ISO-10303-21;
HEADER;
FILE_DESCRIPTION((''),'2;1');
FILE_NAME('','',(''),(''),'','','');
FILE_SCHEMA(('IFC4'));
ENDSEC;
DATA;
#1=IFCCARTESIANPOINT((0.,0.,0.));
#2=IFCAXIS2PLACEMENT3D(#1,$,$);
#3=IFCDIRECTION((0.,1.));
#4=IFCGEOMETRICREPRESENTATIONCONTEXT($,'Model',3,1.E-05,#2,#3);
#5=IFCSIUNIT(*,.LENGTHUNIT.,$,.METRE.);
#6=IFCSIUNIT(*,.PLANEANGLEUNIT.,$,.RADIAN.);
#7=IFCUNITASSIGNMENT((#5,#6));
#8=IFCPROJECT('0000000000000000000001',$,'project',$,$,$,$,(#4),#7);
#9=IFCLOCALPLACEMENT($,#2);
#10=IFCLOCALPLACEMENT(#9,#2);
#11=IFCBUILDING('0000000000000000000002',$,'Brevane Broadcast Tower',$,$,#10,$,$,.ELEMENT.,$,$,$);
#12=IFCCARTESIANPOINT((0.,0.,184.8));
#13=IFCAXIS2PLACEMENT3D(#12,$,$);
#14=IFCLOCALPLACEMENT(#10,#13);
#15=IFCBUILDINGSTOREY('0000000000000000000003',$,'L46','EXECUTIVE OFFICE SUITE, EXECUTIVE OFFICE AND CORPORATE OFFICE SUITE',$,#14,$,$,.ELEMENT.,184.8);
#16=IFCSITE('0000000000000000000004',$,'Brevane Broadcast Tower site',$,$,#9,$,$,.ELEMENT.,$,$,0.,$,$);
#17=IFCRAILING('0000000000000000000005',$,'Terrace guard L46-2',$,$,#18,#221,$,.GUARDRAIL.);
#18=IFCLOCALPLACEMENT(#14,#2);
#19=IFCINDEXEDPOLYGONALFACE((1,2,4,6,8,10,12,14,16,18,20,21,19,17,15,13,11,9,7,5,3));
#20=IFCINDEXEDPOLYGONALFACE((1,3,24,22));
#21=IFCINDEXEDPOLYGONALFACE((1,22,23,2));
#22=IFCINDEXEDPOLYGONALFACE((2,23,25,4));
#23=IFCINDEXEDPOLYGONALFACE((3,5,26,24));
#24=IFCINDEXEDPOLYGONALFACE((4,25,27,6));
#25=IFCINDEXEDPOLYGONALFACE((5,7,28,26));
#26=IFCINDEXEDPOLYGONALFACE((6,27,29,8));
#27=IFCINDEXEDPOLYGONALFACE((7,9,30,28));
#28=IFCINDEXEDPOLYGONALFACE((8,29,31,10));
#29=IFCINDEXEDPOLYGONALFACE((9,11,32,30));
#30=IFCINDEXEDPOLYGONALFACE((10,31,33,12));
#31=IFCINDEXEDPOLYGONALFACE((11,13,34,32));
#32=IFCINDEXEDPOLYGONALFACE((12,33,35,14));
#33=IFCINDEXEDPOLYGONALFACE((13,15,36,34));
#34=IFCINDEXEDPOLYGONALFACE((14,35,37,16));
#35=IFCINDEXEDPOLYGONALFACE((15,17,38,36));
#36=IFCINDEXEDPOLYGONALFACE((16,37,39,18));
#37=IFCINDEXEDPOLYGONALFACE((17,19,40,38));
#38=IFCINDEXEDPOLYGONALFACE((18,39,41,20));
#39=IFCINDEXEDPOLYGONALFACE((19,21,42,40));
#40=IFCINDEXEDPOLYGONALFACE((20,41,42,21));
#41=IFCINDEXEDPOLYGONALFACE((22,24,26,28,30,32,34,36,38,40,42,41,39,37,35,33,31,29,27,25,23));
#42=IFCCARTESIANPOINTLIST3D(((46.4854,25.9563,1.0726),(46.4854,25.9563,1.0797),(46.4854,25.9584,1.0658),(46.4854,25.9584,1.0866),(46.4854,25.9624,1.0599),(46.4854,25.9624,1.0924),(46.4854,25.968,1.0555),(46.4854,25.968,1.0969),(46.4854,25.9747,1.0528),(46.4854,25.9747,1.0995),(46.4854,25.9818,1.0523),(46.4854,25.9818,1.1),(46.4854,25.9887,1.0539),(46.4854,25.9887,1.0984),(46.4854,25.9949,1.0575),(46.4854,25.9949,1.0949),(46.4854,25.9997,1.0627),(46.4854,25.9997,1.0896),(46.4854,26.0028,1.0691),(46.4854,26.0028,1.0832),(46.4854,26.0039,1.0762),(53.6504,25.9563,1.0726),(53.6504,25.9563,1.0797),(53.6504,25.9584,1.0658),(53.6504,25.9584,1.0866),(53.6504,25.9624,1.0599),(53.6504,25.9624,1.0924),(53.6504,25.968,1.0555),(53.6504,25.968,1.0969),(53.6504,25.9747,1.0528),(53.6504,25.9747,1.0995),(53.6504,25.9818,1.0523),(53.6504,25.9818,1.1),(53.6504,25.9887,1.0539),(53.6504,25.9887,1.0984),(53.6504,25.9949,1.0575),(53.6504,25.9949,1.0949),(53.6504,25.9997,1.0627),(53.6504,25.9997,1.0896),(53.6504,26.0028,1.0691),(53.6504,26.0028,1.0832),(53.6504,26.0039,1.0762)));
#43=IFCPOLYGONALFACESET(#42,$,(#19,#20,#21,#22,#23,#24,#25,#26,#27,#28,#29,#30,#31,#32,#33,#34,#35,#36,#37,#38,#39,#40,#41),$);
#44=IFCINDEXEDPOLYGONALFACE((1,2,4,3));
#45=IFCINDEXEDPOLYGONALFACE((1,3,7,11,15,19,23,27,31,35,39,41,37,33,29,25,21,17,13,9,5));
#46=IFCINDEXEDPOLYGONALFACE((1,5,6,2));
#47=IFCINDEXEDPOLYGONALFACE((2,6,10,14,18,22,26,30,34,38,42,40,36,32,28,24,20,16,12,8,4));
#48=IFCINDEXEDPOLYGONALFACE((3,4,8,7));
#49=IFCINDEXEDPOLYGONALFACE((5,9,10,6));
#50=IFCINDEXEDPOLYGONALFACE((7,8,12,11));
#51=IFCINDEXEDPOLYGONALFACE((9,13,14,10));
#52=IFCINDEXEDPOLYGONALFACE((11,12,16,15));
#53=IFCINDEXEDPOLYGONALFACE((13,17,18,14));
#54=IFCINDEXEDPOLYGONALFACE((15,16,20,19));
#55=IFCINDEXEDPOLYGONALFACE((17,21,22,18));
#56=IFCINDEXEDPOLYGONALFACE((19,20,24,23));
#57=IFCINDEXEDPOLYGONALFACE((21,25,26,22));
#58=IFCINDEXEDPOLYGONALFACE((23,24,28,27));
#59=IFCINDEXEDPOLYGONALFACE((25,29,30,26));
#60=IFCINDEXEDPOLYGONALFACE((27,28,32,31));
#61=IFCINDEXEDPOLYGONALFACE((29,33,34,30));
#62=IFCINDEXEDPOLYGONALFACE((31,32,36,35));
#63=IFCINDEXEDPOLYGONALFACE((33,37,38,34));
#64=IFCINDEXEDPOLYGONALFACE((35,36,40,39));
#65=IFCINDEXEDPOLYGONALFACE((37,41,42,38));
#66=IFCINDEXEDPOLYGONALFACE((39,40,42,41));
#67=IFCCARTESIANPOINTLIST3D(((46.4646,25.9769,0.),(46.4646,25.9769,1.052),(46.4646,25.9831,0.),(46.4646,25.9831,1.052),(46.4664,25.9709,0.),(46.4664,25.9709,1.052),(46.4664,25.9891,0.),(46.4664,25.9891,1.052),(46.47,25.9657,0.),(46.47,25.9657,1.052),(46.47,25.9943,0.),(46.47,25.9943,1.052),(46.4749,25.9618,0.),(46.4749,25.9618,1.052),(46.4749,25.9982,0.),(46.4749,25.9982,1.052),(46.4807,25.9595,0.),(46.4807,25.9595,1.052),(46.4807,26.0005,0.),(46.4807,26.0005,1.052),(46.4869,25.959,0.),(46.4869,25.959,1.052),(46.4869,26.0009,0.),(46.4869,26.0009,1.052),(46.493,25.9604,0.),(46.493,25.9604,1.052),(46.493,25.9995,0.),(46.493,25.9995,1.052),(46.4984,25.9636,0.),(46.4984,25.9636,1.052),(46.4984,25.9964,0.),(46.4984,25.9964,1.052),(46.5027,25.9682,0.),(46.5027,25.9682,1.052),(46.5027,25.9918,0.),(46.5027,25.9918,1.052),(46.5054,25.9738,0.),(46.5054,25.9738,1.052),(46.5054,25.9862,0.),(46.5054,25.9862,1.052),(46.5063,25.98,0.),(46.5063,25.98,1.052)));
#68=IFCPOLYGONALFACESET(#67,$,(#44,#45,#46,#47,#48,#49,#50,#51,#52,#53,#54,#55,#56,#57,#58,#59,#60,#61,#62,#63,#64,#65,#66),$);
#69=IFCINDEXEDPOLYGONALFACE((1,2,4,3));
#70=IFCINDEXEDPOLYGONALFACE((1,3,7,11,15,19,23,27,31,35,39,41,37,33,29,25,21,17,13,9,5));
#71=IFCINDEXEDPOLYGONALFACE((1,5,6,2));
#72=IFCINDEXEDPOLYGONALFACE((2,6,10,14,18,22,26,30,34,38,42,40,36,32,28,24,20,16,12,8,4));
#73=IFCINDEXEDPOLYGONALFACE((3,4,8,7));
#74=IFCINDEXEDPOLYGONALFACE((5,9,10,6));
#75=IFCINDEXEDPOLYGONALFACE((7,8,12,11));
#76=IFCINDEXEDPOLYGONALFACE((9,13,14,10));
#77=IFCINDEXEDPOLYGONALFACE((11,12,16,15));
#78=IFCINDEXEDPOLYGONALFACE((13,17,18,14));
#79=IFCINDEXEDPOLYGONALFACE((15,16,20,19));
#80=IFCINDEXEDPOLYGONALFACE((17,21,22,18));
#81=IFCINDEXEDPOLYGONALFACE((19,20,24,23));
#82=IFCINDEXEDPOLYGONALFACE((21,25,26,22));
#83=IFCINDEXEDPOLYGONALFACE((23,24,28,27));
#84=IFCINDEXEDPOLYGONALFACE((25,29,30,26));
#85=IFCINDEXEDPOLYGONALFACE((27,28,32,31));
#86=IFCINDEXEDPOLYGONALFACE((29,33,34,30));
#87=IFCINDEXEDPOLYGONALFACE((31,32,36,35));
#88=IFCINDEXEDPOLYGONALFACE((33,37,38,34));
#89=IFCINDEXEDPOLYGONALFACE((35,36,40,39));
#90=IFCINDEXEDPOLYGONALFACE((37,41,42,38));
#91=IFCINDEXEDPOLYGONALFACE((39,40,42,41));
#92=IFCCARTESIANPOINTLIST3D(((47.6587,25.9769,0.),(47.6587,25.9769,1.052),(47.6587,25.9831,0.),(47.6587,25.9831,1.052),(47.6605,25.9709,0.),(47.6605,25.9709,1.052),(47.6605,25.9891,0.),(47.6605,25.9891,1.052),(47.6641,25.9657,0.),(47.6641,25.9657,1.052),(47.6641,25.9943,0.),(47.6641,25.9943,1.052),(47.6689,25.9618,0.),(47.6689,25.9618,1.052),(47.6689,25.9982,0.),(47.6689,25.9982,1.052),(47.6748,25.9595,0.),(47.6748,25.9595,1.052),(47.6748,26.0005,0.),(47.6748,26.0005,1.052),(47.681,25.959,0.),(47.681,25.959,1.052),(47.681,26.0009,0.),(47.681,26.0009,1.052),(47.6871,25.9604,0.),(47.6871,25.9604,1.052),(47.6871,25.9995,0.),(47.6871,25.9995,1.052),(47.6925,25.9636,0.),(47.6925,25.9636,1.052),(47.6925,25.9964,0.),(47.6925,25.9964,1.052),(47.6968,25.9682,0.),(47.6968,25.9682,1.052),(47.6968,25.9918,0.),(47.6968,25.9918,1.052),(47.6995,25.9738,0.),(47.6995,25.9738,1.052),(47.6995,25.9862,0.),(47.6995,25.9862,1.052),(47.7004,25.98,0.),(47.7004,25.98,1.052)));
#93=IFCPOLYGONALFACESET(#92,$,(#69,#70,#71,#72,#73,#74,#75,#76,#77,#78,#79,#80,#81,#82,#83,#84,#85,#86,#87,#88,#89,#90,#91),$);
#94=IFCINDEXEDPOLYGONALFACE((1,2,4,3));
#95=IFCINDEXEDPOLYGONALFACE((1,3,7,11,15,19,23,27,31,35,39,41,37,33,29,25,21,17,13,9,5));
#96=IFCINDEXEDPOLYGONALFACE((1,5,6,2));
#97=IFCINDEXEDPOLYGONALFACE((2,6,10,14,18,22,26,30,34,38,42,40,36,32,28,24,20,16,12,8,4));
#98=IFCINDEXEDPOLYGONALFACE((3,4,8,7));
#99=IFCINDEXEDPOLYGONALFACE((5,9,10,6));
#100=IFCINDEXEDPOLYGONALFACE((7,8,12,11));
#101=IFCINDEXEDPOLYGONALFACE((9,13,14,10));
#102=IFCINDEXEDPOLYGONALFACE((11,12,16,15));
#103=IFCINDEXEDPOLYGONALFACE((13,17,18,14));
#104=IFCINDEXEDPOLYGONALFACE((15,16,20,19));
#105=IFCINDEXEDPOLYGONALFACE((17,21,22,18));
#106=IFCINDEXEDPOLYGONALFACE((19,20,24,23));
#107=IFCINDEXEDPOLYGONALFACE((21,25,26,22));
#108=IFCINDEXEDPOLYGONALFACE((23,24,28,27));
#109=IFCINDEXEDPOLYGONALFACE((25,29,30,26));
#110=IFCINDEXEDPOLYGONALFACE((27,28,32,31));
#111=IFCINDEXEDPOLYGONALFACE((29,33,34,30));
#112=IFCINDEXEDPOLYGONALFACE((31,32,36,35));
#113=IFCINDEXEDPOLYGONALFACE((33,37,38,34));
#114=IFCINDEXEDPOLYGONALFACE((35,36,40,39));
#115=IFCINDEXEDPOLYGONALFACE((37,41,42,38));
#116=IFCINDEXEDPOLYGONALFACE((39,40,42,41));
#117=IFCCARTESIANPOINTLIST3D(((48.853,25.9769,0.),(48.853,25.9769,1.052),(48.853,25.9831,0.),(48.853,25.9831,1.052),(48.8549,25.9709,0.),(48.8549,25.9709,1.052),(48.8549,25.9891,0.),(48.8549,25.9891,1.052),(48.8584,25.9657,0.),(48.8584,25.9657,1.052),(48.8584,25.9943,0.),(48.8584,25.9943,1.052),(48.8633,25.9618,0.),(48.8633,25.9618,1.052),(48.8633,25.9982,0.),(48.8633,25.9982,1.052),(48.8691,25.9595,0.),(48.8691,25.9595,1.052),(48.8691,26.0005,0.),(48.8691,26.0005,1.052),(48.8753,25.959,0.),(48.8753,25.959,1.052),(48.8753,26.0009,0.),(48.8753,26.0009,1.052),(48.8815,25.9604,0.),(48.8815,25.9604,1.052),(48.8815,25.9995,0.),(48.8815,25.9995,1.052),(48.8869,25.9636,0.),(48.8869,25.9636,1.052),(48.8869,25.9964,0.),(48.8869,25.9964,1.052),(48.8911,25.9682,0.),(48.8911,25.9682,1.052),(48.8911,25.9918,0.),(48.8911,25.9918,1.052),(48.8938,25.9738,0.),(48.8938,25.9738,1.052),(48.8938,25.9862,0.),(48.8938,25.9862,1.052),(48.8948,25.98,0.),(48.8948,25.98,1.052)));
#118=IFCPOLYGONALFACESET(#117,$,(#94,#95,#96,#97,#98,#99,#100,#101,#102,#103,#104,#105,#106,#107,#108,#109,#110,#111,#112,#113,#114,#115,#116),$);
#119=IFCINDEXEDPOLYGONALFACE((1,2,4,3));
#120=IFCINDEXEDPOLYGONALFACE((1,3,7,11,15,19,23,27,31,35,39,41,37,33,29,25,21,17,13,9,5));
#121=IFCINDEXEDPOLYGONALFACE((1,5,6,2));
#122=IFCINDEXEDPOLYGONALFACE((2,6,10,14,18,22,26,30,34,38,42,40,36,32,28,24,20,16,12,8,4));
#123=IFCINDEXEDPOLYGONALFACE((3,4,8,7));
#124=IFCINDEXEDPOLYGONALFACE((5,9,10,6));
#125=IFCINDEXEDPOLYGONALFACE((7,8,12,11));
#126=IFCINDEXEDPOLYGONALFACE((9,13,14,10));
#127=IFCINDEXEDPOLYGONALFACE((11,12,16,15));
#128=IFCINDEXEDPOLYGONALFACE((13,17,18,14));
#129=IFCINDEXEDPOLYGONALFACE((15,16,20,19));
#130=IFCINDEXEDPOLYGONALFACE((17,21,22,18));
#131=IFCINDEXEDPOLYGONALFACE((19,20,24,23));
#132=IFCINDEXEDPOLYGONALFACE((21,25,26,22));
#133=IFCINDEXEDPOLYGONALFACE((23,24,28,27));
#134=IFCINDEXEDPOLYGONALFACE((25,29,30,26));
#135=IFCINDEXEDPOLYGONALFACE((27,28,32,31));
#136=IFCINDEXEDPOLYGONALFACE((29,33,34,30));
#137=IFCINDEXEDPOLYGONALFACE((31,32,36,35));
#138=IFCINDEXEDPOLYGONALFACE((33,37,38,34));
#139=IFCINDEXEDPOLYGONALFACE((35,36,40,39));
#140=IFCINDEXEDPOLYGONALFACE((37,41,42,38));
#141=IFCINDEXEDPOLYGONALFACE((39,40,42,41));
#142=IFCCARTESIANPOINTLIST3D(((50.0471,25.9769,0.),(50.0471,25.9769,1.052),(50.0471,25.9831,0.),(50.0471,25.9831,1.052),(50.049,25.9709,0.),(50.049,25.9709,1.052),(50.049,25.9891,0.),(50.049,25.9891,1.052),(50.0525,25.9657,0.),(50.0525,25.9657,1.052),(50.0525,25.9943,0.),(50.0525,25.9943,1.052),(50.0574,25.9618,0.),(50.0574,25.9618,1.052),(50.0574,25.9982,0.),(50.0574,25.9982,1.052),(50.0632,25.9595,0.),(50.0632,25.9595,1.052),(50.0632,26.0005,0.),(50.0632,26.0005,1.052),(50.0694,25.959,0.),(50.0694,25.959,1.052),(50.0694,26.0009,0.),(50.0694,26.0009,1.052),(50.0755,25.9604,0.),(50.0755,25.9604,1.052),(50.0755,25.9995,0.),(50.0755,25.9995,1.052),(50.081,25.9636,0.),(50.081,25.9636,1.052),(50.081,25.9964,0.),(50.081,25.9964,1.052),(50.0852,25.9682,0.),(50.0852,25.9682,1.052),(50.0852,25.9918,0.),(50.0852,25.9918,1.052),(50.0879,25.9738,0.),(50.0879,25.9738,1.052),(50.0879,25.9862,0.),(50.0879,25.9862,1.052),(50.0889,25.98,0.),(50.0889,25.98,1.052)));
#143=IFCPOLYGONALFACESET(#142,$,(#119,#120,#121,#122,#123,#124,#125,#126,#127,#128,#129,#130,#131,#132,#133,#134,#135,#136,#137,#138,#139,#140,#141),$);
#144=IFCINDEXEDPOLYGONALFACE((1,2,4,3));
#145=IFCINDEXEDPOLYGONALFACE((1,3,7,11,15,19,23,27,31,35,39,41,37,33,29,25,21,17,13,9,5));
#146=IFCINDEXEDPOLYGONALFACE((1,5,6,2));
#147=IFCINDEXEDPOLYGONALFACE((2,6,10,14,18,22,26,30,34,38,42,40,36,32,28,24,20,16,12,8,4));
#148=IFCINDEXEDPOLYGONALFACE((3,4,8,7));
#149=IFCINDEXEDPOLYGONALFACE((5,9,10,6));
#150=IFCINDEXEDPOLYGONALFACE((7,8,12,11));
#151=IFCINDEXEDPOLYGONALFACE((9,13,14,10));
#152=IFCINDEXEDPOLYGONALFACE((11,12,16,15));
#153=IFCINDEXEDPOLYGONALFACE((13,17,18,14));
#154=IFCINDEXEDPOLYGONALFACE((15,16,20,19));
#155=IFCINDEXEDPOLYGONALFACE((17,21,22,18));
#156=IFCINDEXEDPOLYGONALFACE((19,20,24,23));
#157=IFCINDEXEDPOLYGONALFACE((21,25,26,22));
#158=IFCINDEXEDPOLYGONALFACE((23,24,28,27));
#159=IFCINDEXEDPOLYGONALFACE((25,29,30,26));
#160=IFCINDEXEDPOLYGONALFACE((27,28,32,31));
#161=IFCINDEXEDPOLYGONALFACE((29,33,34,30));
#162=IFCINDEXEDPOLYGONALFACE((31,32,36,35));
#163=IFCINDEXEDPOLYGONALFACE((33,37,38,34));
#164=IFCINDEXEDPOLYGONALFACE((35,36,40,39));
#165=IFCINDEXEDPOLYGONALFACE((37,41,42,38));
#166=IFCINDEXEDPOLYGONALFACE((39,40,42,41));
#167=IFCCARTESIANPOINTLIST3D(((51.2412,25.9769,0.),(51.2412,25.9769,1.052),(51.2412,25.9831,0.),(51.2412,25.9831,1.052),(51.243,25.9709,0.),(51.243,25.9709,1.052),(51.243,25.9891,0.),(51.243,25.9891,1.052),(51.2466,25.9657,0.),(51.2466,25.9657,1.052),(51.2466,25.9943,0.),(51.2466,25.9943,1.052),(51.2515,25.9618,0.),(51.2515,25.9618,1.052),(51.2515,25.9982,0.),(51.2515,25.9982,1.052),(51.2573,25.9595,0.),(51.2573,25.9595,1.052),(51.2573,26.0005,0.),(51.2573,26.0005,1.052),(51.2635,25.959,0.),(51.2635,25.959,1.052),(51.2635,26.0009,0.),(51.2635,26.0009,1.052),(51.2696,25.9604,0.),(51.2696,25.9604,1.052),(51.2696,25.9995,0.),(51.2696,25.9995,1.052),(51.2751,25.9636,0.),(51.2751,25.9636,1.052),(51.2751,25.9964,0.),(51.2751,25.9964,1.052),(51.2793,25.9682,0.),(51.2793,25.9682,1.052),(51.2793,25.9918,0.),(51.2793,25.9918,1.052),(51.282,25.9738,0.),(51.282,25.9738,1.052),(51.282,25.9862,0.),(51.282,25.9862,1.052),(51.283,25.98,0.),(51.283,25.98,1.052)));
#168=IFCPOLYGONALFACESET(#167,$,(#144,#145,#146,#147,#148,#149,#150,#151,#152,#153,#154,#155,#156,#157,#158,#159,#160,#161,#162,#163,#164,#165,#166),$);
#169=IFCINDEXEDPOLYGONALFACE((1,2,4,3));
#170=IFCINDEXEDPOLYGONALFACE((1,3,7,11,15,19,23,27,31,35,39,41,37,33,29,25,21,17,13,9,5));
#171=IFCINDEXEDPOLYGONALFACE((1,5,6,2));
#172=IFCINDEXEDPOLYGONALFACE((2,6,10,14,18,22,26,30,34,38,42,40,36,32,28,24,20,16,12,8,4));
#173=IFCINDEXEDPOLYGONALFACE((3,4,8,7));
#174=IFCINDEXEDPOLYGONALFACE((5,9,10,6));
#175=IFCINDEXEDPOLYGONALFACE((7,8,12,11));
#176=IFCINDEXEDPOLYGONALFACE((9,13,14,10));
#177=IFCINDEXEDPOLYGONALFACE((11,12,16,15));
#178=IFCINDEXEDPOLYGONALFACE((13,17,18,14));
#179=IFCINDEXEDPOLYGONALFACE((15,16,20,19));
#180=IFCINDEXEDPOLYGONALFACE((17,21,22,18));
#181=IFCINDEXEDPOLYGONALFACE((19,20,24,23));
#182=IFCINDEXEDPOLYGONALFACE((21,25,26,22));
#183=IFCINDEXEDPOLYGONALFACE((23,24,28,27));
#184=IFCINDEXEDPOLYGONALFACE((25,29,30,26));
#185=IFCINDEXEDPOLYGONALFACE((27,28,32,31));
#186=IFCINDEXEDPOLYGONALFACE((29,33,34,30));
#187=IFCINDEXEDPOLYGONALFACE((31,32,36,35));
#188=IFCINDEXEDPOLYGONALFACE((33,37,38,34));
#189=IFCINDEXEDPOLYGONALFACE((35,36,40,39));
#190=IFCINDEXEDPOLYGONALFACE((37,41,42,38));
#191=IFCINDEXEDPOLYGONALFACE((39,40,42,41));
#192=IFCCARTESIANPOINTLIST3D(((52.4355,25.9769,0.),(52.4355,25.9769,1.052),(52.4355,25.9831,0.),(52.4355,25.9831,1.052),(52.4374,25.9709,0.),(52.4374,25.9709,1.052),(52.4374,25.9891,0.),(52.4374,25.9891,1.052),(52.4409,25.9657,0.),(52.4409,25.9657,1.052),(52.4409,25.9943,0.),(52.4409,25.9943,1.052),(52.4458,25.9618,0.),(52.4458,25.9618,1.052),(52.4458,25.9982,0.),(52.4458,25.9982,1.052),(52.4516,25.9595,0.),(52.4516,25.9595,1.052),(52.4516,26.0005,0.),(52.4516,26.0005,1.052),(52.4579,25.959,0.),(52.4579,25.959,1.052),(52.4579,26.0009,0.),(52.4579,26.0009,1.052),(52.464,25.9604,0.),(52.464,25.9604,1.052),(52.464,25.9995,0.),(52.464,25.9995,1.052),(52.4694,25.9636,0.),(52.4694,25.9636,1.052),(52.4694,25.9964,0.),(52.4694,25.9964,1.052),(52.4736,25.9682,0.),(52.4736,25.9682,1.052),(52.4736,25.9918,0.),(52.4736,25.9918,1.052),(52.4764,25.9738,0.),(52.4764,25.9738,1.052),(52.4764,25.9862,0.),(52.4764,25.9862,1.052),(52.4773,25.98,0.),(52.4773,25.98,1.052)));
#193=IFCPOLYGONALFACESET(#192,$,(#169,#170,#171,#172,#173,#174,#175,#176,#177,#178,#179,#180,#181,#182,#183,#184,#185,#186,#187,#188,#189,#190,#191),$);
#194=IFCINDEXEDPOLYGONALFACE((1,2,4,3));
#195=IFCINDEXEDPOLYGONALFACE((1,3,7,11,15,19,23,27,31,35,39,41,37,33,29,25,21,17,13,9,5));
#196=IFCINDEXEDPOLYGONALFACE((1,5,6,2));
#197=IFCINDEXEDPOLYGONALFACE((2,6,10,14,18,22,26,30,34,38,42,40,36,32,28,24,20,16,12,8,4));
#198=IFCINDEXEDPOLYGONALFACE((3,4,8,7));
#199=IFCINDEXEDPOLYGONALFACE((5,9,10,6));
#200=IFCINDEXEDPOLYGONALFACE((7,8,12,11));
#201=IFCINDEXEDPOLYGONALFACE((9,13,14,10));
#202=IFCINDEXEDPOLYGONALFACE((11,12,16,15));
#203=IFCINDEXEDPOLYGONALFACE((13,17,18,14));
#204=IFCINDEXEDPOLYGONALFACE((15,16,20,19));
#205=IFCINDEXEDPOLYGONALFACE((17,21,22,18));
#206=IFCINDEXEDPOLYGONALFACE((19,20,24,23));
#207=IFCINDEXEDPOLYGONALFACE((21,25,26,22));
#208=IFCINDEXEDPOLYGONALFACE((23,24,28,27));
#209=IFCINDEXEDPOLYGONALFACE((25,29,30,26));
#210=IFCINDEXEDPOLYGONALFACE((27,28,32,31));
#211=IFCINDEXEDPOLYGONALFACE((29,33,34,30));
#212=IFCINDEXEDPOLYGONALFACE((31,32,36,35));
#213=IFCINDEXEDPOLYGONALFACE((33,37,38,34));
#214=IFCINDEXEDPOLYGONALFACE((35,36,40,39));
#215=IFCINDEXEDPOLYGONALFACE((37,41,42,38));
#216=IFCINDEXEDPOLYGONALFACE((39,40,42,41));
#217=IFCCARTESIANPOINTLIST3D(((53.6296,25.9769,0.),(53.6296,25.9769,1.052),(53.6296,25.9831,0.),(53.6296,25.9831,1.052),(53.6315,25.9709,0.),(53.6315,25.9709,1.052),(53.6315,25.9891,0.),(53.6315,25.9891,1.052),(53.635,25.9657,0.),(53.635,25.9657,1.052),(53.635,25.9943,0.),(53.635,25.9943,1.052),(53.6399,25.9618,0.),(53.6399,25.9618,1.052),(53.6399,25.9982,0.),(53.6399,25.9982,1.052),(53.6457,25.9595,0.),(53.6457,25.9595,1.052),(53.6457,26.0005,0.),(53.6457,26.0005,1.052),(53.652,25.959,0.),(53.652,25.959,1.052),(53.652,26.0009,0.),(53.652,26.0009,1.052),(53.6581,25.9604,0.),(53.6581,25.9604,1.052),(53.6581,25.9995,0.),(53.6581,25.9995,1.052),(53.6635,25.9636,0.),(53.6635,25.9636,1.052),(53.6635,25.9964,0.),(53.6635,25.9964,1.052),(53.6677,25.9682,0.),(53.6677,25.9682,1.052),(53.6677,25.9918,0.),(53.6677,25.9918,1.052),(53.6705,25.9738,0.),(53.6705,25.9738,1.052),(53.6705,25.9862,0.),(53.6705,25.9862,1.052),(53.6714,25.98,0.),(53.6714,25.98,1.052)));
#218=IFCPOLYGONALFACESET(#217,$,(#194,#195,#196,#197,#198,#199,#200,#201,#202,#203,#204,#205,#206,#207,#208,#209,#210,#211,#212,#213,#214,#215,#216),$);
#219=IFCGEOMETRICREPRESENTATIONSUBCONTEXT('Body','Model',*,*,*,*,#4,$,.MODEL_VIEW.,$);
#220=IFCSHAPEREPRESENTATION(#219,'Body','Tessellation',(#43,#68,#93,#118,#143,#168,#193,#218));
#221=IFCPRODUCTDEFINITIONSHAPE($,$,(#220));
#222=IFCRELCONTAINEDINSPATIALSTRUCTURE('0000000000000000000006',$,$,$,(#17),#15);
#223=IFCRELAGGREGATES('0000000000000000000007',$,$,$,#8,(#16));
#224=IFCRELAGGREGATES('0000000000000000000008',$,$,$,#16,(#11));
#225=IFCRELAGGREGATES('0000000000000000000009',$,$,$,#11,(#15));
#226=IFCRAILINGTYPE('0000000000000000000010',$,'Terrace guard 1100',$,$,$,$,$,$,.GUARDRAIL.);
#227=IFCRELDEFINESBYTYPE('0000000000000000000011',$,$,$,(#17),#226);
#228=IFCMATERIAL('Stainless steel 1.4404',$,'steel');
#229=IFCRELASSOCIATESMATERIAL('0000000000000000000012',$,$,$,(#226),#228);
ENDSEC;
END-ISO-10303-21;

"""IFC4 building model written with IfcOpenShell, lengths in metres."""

from ifc_helpers import new_model, si_unit, direction, frame, origin, origin_2d, place, context, subcontext, project, spatial, circle, extrude, material, type_object, element, save


model = new_model("IFC4")

# Units and contexts
model_context = context("Model", 3, precision=1e-05, world=origin(), true_north=direction((0.0, 1.0)))
body_context = subcontext(model_context, "Body", "Model", "MODEL_VIEW")
ifc_project = project(units=[si_unit("LENGTHUNIT", "METRE"), si_unit("PLANEANGLEUNIT", "RADIAN")], contexts=[model_context])

# Site, building, storey
site_placement = place(None, origin())
site = spatial("IfcSite", under=ifc_project, at=site_placement, Name="Brevane Broadcast Tower site", CompositionType="ELEMENT", RefElevation=0.0)
building_placement = place(site_placement, origin())
building = spatial("IfcBuilding", under=site, at=building_placement, Name="Brevane Broadcast Tower", CompositionType="ELEMENT")
storey_placement = place(building_placement, frame((0.0, 0.0, 184.8)))
storey = spatial("IfcBuildingStorey", under=building, at=storey_placement, Name="L46", Description="EXECUTIVE OFFICE SUITE, EXECUTIVE OFFICE AND CORPORATE OFFICE SUITE", CompositionType="ELEMENT", Elevation=184.8)

# Railing
ifc_material_1 = material(Name="Stainless steel 1.4404", Category="steel")
railing_type_1 = type_object("IfcRailingType", Name="Terrace guard 1100", PredefinedType="GUARDRAIL", material=ifc_material_1)
railing_1_placement = place(storey_placement, frame((46.4854, 25.98, 0.0)))
element("IfcRailing", 1, at=railing_1_placement, inside=storey, type_object=railing_type_1, Name="Terrace guard L46-2", PredefinedType="GUARDRAIL", context=body_context, shape_type="SweptSolid", body=[
    extrude(circle(Radius=0.0239, at=origin_2d()), frame((0.0, 0.0, 1.0762), z_axis=(1.0, 0.0, 0.0), x_axis=(0.0, 1.0, 0.0)), (0.0, 0.0, 1.0), 7.165),
    extrude(circle(Radius=0.021, at=origin_2d()), origin(), (0.0, 0.0, 1.0), 1.052),
    extrude(circle(Radius=0.021, at=origin_2d()), frame((1.1941, 0.0, 0.0)), (0.0, 0.0, 1.0), 1.052),
    extrude(circle(Radius=0.021, at=origin_2d()), frame((2.3884, 0.0, 0.0)), (0.0, 0.0, 1.0), 1.052),
    extrude(circle(Radius=0.021, at=origin_2d()), frame((3.5825, 0.0, 0.0)), (0.0, 0.0, 1.0), 1.052),
    extrude(circle(Radius=0.021, at=origin_2d()), frame((4.7766, 0.0, 0.0)), (0.0, 0.0, 1.0), 1.052),
    extrude(circle(Radius=0.021, at=origin_2d()), frame((5.9709, 0.0, 0.0)), (0.0, 0.0, 1.0), 1.052),
    extrude(circle(Radius=0.021, at=origin_2d()), frame((7.165, 0.0, 0.0)), (0.0, 0.0, 1.0), 1.052),
])

save(model, "model.ifc")
